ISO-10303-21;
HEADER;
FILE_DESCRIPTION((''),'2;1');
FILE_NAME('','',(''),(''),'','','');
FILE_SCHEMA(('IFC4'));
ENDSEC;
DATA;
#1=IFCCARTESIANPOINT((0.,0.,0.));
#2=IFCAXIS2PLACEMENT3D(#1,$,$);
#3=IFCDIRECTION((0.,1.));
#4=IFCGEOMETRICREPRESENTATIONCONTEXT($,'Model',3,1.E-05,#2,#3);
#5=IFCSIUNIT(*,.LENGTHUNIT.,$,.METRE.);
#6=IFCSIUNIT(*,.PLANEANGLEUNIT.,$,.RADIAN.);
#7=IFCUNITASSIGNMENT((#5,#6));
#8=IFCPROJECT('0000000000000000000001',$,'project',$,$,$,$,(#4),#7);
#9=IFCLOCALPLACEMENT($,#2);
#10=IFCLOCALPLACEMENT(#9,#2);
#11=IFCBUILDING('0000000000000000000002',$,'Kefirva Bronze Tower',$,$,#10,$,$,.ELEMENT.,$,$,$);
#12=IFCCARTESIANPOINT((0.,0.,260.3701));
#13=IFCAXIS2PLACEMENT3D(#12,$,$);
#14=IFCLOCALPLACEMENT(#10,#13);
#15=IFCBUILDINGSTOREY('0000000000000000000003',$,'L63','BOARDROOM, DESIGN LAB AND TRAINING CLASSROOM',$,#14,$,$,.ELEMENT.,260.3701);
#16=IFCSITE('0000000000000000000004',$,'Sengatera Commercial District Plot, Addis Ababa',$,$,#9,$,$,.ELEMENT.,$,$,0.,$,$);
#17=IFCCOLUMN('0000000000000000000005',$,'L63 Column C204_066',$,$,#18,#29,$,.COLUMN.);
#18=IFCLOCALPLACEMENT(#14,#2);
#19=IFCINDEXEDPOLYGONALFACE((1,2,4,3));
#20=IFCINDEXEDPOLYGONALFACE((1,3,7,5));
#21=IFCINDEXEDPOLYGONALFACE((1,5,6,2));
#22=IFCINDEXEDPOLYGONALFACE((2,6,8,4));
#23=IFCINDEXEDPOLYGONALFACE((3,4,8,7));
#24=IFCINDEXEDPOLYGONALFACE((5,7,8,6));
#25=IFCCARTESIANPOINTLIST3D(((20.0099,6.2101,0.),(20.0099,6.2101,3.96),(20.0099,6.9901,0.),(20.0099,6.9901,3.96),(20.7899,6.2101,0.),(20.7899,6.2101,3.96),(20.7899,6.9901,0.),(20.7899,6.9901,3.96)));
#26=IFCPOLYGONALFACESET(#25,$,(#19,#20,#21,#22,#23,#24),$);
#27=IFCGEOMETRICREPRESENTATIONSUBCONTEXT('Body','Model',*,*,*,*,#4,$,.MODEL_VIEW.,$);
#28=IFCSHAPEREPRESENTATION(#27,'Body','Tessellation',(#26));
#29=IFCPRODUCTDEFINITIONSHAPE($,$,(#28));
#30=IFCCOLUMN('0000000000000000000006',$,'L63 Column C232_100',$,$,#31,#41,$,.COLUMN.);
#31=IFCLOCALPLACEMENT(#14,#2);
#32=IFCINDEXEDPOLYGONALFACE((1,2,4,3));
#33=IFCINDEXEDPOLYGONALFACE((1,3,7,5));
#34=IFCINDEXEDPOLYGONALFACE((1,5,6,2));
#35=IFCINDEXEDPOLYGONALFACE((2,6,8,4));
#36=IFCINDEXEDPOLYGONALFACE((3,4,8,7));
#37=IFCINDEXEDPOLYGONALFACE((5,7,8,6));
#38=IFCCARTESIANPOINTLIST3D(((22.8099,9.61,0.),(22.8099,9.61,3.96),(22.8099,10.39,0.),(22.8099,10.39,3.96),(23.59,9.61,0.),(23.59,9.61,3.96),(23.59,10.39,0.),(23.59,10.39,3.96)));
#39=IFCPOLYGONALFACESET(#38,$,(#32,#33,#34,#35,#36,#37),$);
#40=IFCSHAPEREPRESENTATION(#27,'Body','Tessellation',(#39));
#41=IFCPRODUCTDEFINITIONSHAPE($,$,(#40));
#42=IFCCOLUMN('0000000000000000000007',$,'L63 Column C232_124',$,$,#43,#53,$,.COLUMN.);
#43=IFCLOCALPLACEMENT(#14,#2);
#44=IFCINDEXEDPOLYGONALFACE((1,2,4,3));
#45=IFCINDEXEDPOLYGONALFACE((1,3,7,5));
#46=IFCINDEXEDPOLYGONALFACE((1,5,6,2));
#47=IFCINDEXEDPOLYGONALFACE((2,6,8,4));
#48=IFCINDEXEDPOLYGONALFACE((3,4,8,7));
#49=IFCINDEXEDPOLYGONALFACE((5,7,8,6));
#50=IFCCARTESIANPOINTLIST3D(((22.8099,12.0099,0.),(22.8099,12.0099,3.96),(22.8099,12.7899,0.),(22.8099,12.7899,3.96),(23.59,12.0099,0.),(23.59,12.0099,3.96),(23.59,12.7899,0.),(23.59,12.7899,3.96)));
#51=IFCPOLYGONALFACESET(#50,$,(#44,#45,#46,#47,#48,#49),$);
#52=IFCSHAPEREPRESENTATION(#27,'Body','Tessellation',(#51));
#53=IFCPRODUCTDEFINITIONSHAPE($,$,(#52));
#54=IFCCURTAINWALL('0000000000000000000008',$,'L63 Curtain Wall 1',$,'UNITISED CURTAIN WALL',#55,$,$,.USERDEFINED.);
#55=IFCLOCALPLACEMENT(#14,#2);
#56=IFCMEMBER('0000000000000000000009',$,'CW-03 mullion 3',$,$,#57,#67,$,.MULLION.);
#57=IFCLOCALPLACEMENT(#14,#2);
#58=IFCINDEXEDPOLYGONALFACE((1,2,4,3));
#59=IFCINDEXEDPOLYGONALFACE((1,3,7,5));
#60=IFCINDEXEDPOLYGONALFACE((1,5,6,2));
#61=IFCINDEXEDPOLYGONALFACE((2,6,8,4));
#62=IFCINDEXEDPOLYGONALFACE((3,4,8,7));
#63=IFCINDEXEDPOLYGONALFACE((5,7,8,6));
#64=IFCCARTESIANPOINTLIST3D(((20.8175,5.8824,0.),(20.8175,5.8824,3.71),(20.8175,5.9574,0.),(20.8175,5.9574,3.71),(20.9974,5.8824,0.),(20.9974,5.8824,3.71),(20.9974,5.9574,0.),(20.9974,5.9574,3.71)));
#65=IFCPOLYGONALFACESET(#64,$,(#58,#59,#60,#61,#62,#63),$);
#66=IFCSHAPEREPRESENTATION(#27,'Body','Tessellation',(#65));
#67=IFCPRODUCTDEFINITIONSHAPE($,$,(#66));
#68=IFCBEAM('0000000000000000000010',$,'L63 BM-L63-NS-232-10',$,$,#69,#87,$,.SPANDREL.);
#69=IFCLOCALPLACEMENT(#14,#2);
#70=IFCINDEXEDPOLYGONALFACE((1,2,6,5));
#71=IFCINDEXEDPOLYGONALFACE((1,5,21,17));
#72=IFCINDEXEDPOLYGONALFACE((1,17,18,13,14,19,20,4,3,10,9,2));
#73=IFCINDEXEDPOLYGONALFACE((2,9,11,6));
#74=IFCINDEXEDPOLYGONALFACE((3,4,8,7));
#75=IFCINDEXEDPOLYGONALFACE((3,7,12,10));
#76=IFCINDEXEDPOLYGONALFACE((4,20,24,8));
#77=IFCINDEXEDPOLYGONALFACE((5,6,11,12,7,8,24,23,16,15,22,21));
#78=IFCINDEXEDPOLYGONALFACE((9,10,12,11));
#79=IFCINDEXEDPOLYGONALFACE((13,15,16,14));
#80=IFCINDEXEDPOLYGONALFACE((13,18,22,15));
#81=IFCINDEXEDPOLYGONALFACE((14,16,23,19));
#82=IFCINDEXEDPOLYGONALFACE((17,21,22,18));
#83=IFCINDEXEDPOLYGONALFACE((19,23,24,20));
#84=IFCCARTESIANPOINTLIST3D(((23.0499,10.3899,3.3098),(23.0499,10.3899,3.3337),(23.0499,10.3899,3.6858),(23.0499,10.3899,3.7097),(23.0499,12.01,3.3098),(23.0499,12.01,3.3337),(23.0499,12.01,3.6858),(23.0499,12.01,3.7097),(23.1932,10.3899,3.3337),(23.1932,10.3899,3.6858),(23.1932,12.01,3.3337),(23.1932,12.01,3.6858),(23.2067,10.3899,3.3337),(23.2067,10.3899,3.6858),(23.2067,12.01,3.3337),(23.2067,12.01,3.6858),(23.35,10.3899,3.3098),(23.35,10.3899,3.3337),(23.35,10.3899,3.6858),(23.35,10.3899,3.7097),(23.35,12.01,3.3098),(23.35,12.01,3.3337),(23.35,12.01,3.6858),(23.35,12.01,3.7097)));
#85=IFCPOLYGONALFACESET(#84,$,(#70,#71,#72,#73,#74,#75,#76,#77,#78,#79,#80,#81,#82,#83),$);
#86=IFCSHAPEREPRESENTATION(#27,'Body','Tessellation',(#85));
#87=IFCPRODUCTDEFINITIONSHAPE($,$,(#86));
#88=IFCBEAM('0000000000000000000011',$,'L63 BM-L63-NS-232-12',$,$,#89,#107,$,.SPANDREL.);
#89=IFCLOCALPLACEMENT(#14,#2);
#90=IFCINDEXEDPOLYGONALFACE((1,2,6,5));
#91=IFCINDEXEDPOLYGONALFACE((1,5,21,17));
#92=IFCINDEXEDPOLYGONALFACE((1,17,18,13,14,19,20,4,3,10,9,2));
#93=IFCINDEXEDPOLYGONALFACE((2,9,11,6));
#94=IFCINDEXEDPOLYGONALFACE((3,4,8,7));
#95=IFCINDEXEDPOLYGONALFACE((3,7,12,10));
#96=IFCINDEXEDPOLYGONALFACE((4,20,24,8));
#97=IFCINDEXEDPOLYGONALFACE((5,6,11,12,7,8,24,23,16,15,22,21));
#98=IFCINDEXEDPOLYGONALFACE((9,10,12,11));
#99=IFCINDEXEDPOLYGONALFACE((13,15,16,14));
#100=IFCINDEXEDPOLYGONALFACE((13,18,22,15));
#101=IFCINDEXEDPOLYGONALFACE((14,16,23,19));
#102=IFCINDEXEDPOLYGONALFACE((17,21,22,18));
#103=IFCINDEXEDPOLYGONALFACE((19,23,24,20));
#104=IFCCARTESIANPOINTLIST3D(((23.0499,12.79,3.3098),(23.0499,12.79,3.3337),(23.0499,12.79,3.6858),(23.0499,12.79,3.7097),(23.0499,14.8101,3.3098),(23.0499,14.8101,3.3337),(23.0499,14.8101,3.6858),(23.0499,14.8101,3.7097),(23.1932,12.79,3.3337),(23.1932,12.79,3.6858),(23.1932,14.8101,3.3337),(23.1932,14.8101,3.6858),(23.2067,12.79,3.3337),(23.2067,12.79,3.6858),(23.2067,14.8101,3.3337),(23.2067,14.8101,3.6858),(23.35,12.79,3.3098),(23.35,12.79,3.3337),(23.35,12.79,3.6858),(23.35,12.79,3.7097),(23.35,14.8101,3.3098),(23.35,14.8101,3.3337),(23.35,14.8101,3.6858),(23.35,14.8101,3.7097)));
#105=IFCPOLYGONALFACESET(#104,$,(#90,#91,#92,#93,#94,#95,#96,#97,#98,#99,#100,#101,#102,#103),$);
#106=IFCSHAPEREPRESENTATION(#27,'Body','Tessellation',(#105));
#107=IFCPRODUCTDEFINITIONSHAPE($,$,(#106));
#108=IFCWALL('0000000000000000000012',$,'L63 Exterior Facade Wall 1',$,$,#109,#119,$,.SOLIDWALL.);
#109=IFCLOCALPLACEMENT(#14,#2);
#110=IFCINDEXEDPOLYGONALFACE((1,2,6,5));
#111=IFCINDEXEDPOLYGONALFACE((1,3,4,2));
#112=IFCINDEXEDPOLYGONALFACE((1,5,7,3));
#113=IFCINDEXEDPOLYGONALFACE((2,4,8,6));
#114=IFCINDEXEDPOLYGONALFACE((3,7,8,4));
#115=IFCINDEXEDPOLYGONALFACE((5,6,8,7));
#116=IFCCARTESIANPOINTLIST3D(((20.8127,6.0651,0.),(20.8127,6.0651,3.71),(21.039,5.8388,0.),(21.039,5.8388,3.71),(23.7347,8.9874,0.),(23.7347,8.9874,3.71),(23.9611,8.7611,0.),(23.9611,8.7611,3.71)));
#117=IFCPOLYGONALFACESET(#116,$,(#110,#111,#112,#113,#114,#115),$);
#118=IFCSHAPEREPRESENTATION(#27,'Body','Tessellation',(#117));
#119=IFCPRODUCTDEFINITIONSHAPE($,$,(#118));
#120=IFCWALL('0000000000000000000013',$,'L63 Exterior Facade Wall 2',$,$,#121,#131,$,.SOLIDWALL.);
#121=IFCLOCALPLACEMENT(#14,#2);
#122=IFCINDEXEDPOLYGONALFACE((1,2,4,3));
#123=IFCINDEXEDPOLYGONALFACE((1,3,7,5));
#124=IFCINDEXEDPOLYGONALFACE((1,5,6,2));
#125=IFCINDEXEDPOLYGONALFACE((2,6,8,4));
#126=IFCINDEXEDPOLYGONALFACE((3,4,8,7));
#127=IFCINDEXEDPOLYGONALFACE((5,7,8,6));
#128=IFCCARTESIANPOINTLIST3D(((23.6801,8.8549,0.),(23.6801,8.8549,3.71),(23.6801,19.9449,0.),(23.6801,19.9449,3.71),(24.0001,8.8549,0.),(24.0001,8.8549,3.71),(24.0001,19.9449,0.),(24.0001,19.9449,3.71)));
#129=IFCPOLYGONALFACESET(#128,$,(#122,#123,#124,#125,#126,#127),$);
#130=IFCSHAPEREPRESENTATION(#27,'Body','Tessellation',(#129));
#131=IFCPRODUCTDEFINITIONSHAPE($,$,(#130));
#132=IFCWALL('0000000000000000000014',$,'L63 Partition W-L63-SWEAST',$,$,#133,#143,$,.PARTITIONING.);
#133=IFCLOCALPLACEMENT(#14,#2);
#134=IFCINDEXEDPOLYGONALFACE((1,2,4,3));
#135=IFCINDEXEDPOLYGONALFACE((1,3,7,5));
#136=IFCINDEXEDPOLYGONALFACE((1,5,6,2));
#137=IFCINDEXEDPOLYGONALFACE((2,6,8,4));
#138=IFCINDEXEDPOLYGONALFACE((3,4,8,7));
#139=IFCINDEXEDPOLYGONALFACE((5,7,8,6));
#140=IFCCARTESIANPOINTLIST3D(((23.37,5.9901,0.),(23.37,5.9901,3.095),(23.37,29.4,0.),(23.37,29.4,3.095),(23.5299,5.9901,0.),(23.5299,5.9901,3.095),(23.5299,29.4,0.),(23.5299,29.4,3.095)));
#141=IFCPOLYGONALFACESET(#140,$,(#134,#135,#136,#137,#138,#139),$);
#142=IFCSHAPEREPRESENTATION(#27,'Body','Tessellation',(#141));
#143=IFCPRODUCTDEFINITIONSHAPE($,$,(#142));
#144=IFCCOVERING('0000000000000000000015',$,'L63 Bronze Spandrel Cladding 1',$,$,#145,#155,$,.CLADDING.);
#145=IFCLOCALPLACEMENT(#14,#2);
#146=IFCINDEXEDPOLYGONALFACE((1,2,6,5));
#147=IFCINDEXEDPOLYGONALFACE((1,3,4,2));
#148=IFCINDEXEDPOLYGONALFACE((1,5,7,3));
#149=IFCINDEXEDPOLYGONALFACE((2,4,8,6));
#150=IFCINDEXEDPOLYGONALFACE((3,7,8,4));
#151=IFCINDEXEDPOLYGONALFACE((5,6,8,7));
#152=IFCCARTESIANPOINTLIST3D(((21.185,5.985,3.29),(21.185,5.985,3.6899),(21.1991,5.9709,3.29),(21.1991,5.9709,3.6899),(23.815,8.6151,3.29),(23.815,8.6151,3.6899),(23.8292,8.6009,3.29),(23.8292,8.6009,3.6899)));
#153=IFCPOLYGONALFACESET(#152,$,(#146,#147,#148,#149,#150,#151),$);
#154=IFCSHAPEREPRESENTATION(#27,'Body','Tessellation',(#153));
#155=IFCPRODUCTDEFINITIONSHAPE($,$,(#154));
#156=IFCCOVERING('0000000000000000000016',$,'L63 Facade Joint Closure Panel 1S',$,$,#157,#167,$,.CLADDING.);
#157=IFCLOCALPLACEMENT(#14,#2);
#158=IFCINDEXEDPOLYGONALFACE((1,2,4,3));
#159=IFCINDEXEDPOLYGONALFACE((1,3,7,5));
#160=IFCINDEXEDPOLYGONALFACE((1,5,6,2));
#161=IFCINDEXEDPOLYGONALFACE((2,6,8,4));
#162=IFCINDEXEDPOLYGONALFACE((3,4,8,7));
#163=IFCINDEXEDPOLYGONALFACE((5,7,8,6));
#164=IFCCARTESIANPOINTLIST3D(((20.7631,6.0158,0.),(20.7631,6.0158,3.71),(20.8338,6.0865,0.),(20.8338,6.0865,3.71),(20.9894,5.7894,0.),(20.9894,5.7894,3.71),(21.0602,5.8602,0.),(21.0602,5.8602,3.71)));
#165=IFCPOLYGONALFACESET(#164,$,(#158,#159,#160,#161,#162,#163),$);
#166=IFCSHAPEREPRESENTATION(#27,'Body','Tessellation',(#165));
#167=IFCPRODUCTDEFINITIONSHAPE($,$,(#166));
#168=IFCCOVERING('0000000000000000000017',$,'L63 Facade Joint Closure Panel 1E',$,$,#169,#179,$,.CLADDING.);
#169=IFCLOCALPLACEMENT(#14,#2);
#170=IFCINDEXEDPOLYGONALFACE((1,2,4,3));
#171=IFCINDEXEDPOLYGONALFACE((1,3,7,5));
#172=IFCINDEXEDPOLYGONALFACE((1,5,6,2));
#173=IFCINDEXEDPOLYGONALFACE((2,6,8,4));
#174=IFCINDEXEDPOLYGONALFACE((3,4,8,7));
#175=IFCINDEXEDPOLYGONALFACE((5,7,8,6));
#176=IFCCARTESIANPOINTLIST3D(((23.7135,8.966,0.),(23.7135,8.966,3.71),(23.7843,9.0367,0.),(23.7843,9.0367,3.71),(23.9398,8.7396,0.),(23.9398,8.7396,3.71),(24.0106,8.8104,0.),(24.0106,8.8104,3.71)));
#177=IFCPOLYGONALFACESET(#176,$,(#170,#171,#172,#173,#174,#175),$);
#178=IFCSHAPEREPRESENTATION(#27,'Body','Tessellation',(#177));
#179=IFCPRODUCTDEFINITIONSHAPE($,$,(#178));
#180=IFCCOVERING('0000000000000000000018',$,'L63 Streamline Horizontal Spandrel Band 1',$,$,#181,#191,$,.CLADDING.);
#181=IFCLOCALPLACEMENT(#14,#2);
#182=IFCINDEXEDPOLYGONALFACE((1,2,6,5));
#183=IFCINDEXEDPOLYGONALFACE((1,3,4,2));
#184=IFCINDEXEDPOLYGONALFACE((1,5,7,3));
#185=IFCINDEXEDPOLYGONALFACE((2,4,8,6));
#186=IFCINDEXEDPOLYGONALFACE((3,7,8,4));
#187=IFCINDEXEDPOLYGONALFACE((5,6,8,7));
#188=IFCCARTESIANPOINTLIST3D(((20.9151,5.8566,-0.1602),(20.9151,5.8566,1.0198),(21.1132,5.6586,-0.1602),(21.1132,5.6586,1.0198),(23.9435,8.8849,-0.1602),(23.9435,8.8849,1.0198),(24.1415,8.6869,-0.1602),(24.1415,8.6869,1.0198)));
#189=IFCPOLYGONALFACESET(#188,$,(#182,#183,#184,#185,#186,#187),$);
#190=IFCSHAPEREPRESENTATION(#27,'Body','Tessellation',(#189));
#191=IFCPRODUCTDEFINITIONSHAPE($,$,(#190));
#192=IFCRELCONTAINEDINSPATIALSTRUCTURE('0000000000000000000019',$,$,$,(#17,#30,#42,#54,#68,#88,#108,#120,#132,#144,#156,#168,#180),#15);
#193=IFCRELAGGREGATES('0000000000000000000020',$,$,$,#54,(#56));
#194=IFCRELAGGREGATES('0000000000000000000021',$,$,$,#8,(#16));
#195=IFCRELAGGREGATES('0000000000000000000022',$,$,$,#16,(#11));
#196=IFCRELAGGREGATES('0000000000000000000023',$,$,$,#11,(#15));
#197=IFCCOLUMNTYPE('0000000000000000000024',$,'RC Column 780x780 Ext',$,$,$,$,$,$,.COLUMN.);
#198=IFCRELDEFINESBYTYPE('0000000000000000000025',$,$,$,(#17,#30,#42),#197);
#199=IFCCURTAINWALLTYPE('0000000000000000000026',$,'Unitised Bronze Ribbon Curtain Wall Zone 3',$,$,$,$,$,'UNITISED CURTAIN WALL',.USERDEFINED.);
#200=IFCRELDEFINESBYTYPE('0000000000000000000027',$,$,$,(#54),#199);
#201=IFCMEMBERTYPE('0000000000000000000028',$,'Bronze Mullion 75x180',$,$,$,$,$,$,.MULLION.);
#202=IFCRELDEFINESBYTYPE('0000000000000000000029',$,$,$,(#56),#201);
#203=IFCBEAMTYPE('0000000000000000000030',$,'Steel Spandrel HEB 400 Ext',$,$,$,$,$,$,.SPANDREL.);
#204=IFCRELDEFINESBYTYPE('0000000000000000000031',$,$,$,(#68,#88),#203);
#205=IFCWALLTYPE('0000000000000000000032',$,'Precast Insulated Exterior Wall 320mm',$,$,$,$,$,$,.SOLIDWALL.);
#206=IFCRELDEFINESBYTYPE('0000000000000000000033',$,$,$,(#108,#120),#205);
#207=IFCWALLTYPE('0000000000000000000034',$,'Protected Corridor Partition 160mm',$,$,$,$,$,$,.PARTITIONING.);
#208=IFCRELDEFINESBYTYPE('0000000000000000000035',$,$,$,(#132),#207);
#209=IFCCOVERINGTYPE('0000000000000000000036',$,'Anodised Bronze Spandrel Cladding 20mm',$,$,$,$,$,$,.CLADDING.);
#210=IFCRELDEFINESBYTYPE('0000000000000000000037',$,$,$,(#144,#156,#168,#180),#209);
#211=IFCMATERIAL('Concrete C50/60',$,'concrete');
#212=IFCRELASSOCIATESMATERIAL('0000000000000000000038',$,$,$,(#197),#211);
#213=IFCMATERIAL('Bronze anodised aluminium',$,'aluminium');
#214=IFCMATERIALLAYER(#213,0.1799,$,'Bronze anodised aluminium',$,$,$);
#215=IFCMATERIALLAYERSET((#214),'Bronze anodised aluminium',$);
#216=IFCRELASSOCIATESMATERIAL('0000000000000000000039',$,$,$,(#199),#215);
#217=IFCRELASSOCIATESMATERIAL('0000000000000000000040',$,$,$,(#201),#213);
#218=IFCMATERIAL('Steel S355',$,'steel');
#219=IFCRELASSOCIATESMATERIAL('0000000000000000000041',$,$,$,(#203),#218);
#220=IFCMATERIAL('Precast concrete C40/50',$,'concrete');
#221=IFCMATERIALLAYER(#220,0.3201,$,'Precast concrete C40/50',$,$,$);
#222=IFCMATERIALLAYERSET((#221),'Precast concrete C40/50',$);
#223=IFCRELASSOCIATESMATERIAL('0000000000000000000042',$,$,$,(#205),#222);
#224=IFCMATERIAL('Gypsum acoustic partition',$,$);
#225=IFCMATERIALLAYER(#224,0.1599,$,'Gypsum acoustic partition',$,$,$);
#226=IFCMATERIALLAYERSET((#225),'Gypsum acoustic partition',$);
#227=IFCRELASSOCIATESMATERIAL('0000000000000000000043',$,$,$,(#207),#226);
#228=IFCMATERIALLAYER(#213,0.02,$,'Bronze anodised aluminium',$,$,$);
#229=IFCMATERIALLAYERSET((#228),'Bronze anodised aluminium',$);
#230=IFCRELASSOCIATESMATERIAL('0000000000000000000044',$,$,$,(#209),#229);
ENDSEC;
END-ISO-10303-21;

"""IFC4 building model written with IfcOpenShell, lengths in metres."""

from ifc_helpers import new_model, si_unit, direction, frame, frame_2d, origin, origin_2d, place, context, subcontext, project, spatial, rectangle, i_section, extrude, material, layer, layer_set, material_profile, profile_set, type_object, element, aggregate, save


model = new_model("IFC4")

# Units and contexts
model_context = context("Model", 3, precision=1e-05, world=origin(), true_north=direction((0.0, 1.0)))
body_context = subcontext(model_context, "Body", "Model", "MODEL_VIEW")
ifc_project = project(units=[si_unit("LENGTHUNIT", "METRE"), si_unit("PLANEANGLEUNIT", "RADIAN")], contexts=[model_context])

# Site, building, storey
site_placement = place(None, origin())
site = spatial("IfcSite", under=ifc_project, at=site_placement, Name="Sengatera Commercial District Plot, Addis Ababa", CompositionType="ELEMENT", RefElevation=0.0)
building_placement = place(site_placement, origin())
building = spatial("IfcBuilding", under=site, at=building_placement, Name="Kefirva Bronze Tower", CompositionType="ELEMENT")
storey_placement = place(building_placement, frame((0.0, 0.0, 260.3701)))
storey = spatial("IfcBuildingStorey", under=building, at=storey_placement, Name="L63", Description="BOARDROOM, DESIGN LAB AND TRAINING CLASSROOM", CompositionType="ELEMENT", Elevation=260.3701)

# Columns
ifc_material_1 = material(Name="Concrete C50/60", Category="concrete")
ifc_material_profile_1 = material_profile(ifc_material_1, rectangle(XDim=0.78, YDim=0.78, at=origin_2d()), Name="RC 780x780")
ifc_profile_set_1 = profile_set([ifc_material_profile_1], Name="Concrete C50/60")
column_type = type_object("IfcColumnType", Name="RC Column 780x780 Ext", PredefinedType="COLUMN", material=ifc_profile_set_1)
for number, where, z_axis, x_axis, name in (
    (1, (20.3999, 6.6001, 0.0), (0.0, 0.0, 1.0), (1.0, 0.0, 0.0), "L63 Column C204_066"),
    (2, (23.2, 10.0, 0.0), (0.0, 0.0, 1.0), (1.0, 0.0, 0.0), "L63 Column C232_100"),
    (3, (23.2, 12.3999, 0.0), (0.0, 0.0, 1.0), (1.0, 0.0, 0.0), "L63 Column C232_124"),
):
    element("IfcColumn", number, at=place(storey_placement, frame(where, z_axis=z_axis, x_axis=x_axis)), inside=storey, type_object=column_type, Name=name, PredefinedType="COLUMN", context=body_context, shape_type="SweptSolid", body=[
        extrude(rectangle(XDim=0.78, YDim=0.78, at=origin_2d()), origin(), (0.0, 0.0, 1.0), 3.96),
    ])

# Curtain wall, member
ifc_material_2 = material(Name="Bronze anodised aluminium", Category="aluminium")
ifc_layer_1 = layer(ifc_material_2, 0.1799, Name="Bronze anodised aluminium")
ifc_layer_set_1 = layer_set([ifc_layer_1], Name="Bronze anodised aluminium")
curtain_wall_type = type_object("IfcCurtainWallType", Name="Unitised Bronze Ribbon Curtain Wall Zone 3", ElementType="UNITISED CURTAIN WALL", PredefinedType="USERDEFINED", material=ifc_layer_set_1)
curtain_wall_placement = place(storey_placement, origin())
curtain_wall = element("IfcCurtainWall", 4, at=curtain_wall_placement, inside=storey, type_object=curtain_wall_type, Name="L63 Curtain Wall 1", ObjectType="UNITISED CURTAIN WALL", PredefinedType="USERDEFINED")
ifc_material_profile_2 = material_profile(ifc_material_2, rectangle(XDim=0.075, YDim=0.1799, at=origin_2d()), Name="ALU 75x180")
ifc_profile_set_2 = profile_set([ifc_material_profile_2], Name="Bronze anodised aluminium")
member_type = type_object("IfcMemberType", Name="Bronze Mullion 75x180", PredefinedType="MULLION", material=ifc_profile_set_2)
member_placement = place(storey_placement, frame((20.9075, 5.9199, 0.0), z_axis=(0.0, 0.0, 1.0), x_axis=(0.0, 1.0, 0.0)))
member = element("IfcMember", 5, at=member_placement, type_object=member_type, Name="CW-03 mullion 3", PredefinedType="MULLION", context=body_context, shape_type="SweptSolid", body=[
    extrude(rectangle(XDim=0.075, YDim=0.1799, at=origin_2d()), origin(), (0.0, 0.0, 1.0), 3.71),
])
aggregate(curtain_wall, [member])

# Beams
ifc_material_3 = material(Name="Steel S355", Category="steel")
ifc_material_profile_3 = material_profile(ifc_material_3, i_section(OverallWidth=0.3, OverallDepth=0.3999, WebThickness=0.0134, FlangeThickness=0.0239, at=origin_2d()), Name="HEB 400")
ifc_profile_set_3 = profile_set([ifc_material_profile_3], Name="Steel S355")
beam_type = type_object("IfcBeamType", Name="Steel Spandrel HEB 400 Ext", PredefinedType="SPANDREL", material=ifc_profile_set_3)
beam_1_placement = place(storey_placement, frame((23.2, 10.3899, 3.5098), z_axis=(0.0, 1.0, 0.0), x_axis=(-1.0, 0.0, 0.0)))
element("IfcBeam", 6, at=beam_1_placement, inside=storey, type_object=beam_type, Name="L63 BM-L63-NS-232-10", PredefinedType="SPANDREL", context=body_context, shape_type="SweptSolid", body=[
    extrude(i_section(OverallWidth=0.3, OverallDepth=0.3999, WebThickness=0.0134, FlangeThickness=0.0239, at=origin_2d()), origin(), (0.0, 0.0, 1.0), 1.6201),
])
beam_2_placement = place(storey_placement, frame((23.2, 12.79, 3.5098), z_axis=(0.0, 1.0, 0.0), x_axis=(-1.0, 0.0, 0.0)))
element("IfcBeam", 7, at=beam_2_placement, inside=storey, type_object=beam_type, Name="L63 BM-L63-NS-232-12", PredefinedType="SPANDREL", context=body_context, shape_type="SweptSolid", body=[
    extrude(i_section(OverallWidth=0.3, OverallDepth=0.3999, WebThickness=0.0134, FlangeThickness=0.0239, at=origin_2d()), origin(), (0.0, 0.0, 1.0), 2.02),
])

# Walls
ifc_material_4 = material(Name="Precast concrete C40/50", Category="concrete")
ifc_layer_2 = layer(ifc_material_4, 0.3201, Name="Precast concrete C40/50")
ifc_layer_set_2 = layer_set([ifc_layer_2], Name="Precast concrete C40/50")
wall_type_1 = type_object("IfcWallType", Name="Precast Insulated Exterior Wall 320mm", PredefinedType="SOLIDWALL", material=ifc_layer_set_2)
wall_1_placement = place(storey_placement, frame((20.9258, 5.9519, 0.0), z_axis=(0.0, 0.0, 1.0), x_axis=(0.707077, 0.707136, 0.0)))
element("IfcWall", 8, at=wall_1_placement, inside=storey, type_object=wall_type_1, Name="L63 Exterior Facade Wall 1", PredefinedType="SOLIDWALL", context=body_context, shape_type="SweptSolid", body=[
    extrude(rectangle(XDim=4.1326, YDim=0.3201, at=frame_2d((2.0664, 0.0))), origin(), (0.0, 0.0, 1.0), 3.71),
])
wall_2_placement = place(storey_placement, frame((23.8401, 8.855, 0.0), z_axis=(0.0, 0.0, 1.0), x_axis=(0.0, 1.0, 0.0)))
element("IfcWall", 9, at=wall_2_placement, inside=storey, type_object=wall_type_1, Name="L63 Exterior Facade Wall 2", PredefinedType="SOLIDWALL", context=body_context, shape_type="SweptSolid", body=[
    extrude(rectangle(XDim=11.0901, YDim=0.3201, at=frame_2d((5.5449, 0.0))), origin(), (0.0, 0.0, 1.0), 3.71),
])
ifc_material_5 = material(Name="Gypsum acoustic partition")
ifc_layer_3 = layer(ifc_material_5, 0.1599, Name="Gypsum acoustic partition")
ifc_layer_set_3 = layer_set([ifc_layer_3], Name="Gypsum acoustic partition")
wall_type_2 = type_object("IfcWallType", Name="Protected Corridor Partition 160mm", PredefinedType="PARTITIONING", material=ifc_layer_set_3)
wall_3_placement = place(storey_placement, frame((23.45, 5.99, 0.0), z_axis=(0.0, 0.0, 1.0), x_axis=(0.0, 1.0, 0.0)))
element("IfcWall", 10, at=wall_3_placement, inside=storey, type_object=wall_type_2, Name="L63 Partition W-L63-SWEAST", PredefinedType="PARTITIONING", context=body_context, shape_type="SweptSolid", body=[
    extrude(rectangle(XDim=23.4099, YDim=0.1599, at=frame_2d((11.7051, 0.0))), origin(), (0.0, 0.0, 1.0), 3.095),
])

# Coverings
ifc_layer_4 = layer(ifc_material_2, 0.02, Name="Bronze anodised aluminium")
ifc_layer_set_4 = layer_set([ifc_layer_4], Name="Bronze anodised aluminium")
covering_type_1 = type_object("IfcCoveringType", Name="Anodised Bronze Spandrel Cladding 20mm", PredefinedType="CLADDING", material=ifc_layer_set_4)
covering_1_placement = place(storey_placement, frame((22.5071, 7.293, 3.29), z_axis=(0.0, 0.0, 1.0), x_axis=(0.707107, 0.707107, 0.0)))
element("IfcCovering", 11, at=covering_1_placement, inside=storey, type_object=covering_type_1, Name="L63 Bronze Spandrel Cladding 1", PredefinedType="CLADDING", context=body_context, shape_type="SweptSolid", body=[
    extrude(rectangle(XDim=3.7195, YDim=0.02, at=origin_2d()), origin(), (0.0, 0.0, 1.0), 0.3999),
])
for number, where, z_axis, x_axis, name in (
    (12, (20.9116, 5.938, 0.0), (0.0, 0.0, 1.0), (0.707107, 0.707107, 0.0), "L63 Facade Joint Closure Panel 1S"),
    (13, (23.8621, 8.8882, 0.0), (0.0, 0.0, 1.0), (0.707107, 0.707107, 0.0), "L63 Facade Joint Closure Panel 1E"),
):
    element("IfcCovering", number, at=place(storey_placement, frame(where, z_axis=z_axis, x_axis=x_axis)), inside=storey, type_object=covering_type_1, Name=name, PredefinedType="CLADDING", context=body_context, shape_type="SweptSolid", body=[
        extrude(rectangle(XDim=0.1001, YDim=0.3201, at=origin_2d()), origin(), (0.0, 0.0, 1.0), 3.71),
    ])
covering_2_placement = place(storey_placement, frame((22.5283, 7.2717, -0.1602), z_axis=(0.0, 0.0, 1.0), x_axis=(0.707107, 0.707107, 0.0)))
element("IfcCovering", 14, at=covering_2_placement, inside=storey, type_object=covering_type_1, Name="L63 Streamline Horizontal Spandrel Band 1", PredefinedType="CLADDING", context=body_context, shape_type="SweptSolid", body=[
    extrude(rectangle(XDim=4.2827, YDim=0.28, at=origin_2d()), origin(), (0.0, 0.0, 1.0), 1.1799),
])

save(model, "model.ifc")
